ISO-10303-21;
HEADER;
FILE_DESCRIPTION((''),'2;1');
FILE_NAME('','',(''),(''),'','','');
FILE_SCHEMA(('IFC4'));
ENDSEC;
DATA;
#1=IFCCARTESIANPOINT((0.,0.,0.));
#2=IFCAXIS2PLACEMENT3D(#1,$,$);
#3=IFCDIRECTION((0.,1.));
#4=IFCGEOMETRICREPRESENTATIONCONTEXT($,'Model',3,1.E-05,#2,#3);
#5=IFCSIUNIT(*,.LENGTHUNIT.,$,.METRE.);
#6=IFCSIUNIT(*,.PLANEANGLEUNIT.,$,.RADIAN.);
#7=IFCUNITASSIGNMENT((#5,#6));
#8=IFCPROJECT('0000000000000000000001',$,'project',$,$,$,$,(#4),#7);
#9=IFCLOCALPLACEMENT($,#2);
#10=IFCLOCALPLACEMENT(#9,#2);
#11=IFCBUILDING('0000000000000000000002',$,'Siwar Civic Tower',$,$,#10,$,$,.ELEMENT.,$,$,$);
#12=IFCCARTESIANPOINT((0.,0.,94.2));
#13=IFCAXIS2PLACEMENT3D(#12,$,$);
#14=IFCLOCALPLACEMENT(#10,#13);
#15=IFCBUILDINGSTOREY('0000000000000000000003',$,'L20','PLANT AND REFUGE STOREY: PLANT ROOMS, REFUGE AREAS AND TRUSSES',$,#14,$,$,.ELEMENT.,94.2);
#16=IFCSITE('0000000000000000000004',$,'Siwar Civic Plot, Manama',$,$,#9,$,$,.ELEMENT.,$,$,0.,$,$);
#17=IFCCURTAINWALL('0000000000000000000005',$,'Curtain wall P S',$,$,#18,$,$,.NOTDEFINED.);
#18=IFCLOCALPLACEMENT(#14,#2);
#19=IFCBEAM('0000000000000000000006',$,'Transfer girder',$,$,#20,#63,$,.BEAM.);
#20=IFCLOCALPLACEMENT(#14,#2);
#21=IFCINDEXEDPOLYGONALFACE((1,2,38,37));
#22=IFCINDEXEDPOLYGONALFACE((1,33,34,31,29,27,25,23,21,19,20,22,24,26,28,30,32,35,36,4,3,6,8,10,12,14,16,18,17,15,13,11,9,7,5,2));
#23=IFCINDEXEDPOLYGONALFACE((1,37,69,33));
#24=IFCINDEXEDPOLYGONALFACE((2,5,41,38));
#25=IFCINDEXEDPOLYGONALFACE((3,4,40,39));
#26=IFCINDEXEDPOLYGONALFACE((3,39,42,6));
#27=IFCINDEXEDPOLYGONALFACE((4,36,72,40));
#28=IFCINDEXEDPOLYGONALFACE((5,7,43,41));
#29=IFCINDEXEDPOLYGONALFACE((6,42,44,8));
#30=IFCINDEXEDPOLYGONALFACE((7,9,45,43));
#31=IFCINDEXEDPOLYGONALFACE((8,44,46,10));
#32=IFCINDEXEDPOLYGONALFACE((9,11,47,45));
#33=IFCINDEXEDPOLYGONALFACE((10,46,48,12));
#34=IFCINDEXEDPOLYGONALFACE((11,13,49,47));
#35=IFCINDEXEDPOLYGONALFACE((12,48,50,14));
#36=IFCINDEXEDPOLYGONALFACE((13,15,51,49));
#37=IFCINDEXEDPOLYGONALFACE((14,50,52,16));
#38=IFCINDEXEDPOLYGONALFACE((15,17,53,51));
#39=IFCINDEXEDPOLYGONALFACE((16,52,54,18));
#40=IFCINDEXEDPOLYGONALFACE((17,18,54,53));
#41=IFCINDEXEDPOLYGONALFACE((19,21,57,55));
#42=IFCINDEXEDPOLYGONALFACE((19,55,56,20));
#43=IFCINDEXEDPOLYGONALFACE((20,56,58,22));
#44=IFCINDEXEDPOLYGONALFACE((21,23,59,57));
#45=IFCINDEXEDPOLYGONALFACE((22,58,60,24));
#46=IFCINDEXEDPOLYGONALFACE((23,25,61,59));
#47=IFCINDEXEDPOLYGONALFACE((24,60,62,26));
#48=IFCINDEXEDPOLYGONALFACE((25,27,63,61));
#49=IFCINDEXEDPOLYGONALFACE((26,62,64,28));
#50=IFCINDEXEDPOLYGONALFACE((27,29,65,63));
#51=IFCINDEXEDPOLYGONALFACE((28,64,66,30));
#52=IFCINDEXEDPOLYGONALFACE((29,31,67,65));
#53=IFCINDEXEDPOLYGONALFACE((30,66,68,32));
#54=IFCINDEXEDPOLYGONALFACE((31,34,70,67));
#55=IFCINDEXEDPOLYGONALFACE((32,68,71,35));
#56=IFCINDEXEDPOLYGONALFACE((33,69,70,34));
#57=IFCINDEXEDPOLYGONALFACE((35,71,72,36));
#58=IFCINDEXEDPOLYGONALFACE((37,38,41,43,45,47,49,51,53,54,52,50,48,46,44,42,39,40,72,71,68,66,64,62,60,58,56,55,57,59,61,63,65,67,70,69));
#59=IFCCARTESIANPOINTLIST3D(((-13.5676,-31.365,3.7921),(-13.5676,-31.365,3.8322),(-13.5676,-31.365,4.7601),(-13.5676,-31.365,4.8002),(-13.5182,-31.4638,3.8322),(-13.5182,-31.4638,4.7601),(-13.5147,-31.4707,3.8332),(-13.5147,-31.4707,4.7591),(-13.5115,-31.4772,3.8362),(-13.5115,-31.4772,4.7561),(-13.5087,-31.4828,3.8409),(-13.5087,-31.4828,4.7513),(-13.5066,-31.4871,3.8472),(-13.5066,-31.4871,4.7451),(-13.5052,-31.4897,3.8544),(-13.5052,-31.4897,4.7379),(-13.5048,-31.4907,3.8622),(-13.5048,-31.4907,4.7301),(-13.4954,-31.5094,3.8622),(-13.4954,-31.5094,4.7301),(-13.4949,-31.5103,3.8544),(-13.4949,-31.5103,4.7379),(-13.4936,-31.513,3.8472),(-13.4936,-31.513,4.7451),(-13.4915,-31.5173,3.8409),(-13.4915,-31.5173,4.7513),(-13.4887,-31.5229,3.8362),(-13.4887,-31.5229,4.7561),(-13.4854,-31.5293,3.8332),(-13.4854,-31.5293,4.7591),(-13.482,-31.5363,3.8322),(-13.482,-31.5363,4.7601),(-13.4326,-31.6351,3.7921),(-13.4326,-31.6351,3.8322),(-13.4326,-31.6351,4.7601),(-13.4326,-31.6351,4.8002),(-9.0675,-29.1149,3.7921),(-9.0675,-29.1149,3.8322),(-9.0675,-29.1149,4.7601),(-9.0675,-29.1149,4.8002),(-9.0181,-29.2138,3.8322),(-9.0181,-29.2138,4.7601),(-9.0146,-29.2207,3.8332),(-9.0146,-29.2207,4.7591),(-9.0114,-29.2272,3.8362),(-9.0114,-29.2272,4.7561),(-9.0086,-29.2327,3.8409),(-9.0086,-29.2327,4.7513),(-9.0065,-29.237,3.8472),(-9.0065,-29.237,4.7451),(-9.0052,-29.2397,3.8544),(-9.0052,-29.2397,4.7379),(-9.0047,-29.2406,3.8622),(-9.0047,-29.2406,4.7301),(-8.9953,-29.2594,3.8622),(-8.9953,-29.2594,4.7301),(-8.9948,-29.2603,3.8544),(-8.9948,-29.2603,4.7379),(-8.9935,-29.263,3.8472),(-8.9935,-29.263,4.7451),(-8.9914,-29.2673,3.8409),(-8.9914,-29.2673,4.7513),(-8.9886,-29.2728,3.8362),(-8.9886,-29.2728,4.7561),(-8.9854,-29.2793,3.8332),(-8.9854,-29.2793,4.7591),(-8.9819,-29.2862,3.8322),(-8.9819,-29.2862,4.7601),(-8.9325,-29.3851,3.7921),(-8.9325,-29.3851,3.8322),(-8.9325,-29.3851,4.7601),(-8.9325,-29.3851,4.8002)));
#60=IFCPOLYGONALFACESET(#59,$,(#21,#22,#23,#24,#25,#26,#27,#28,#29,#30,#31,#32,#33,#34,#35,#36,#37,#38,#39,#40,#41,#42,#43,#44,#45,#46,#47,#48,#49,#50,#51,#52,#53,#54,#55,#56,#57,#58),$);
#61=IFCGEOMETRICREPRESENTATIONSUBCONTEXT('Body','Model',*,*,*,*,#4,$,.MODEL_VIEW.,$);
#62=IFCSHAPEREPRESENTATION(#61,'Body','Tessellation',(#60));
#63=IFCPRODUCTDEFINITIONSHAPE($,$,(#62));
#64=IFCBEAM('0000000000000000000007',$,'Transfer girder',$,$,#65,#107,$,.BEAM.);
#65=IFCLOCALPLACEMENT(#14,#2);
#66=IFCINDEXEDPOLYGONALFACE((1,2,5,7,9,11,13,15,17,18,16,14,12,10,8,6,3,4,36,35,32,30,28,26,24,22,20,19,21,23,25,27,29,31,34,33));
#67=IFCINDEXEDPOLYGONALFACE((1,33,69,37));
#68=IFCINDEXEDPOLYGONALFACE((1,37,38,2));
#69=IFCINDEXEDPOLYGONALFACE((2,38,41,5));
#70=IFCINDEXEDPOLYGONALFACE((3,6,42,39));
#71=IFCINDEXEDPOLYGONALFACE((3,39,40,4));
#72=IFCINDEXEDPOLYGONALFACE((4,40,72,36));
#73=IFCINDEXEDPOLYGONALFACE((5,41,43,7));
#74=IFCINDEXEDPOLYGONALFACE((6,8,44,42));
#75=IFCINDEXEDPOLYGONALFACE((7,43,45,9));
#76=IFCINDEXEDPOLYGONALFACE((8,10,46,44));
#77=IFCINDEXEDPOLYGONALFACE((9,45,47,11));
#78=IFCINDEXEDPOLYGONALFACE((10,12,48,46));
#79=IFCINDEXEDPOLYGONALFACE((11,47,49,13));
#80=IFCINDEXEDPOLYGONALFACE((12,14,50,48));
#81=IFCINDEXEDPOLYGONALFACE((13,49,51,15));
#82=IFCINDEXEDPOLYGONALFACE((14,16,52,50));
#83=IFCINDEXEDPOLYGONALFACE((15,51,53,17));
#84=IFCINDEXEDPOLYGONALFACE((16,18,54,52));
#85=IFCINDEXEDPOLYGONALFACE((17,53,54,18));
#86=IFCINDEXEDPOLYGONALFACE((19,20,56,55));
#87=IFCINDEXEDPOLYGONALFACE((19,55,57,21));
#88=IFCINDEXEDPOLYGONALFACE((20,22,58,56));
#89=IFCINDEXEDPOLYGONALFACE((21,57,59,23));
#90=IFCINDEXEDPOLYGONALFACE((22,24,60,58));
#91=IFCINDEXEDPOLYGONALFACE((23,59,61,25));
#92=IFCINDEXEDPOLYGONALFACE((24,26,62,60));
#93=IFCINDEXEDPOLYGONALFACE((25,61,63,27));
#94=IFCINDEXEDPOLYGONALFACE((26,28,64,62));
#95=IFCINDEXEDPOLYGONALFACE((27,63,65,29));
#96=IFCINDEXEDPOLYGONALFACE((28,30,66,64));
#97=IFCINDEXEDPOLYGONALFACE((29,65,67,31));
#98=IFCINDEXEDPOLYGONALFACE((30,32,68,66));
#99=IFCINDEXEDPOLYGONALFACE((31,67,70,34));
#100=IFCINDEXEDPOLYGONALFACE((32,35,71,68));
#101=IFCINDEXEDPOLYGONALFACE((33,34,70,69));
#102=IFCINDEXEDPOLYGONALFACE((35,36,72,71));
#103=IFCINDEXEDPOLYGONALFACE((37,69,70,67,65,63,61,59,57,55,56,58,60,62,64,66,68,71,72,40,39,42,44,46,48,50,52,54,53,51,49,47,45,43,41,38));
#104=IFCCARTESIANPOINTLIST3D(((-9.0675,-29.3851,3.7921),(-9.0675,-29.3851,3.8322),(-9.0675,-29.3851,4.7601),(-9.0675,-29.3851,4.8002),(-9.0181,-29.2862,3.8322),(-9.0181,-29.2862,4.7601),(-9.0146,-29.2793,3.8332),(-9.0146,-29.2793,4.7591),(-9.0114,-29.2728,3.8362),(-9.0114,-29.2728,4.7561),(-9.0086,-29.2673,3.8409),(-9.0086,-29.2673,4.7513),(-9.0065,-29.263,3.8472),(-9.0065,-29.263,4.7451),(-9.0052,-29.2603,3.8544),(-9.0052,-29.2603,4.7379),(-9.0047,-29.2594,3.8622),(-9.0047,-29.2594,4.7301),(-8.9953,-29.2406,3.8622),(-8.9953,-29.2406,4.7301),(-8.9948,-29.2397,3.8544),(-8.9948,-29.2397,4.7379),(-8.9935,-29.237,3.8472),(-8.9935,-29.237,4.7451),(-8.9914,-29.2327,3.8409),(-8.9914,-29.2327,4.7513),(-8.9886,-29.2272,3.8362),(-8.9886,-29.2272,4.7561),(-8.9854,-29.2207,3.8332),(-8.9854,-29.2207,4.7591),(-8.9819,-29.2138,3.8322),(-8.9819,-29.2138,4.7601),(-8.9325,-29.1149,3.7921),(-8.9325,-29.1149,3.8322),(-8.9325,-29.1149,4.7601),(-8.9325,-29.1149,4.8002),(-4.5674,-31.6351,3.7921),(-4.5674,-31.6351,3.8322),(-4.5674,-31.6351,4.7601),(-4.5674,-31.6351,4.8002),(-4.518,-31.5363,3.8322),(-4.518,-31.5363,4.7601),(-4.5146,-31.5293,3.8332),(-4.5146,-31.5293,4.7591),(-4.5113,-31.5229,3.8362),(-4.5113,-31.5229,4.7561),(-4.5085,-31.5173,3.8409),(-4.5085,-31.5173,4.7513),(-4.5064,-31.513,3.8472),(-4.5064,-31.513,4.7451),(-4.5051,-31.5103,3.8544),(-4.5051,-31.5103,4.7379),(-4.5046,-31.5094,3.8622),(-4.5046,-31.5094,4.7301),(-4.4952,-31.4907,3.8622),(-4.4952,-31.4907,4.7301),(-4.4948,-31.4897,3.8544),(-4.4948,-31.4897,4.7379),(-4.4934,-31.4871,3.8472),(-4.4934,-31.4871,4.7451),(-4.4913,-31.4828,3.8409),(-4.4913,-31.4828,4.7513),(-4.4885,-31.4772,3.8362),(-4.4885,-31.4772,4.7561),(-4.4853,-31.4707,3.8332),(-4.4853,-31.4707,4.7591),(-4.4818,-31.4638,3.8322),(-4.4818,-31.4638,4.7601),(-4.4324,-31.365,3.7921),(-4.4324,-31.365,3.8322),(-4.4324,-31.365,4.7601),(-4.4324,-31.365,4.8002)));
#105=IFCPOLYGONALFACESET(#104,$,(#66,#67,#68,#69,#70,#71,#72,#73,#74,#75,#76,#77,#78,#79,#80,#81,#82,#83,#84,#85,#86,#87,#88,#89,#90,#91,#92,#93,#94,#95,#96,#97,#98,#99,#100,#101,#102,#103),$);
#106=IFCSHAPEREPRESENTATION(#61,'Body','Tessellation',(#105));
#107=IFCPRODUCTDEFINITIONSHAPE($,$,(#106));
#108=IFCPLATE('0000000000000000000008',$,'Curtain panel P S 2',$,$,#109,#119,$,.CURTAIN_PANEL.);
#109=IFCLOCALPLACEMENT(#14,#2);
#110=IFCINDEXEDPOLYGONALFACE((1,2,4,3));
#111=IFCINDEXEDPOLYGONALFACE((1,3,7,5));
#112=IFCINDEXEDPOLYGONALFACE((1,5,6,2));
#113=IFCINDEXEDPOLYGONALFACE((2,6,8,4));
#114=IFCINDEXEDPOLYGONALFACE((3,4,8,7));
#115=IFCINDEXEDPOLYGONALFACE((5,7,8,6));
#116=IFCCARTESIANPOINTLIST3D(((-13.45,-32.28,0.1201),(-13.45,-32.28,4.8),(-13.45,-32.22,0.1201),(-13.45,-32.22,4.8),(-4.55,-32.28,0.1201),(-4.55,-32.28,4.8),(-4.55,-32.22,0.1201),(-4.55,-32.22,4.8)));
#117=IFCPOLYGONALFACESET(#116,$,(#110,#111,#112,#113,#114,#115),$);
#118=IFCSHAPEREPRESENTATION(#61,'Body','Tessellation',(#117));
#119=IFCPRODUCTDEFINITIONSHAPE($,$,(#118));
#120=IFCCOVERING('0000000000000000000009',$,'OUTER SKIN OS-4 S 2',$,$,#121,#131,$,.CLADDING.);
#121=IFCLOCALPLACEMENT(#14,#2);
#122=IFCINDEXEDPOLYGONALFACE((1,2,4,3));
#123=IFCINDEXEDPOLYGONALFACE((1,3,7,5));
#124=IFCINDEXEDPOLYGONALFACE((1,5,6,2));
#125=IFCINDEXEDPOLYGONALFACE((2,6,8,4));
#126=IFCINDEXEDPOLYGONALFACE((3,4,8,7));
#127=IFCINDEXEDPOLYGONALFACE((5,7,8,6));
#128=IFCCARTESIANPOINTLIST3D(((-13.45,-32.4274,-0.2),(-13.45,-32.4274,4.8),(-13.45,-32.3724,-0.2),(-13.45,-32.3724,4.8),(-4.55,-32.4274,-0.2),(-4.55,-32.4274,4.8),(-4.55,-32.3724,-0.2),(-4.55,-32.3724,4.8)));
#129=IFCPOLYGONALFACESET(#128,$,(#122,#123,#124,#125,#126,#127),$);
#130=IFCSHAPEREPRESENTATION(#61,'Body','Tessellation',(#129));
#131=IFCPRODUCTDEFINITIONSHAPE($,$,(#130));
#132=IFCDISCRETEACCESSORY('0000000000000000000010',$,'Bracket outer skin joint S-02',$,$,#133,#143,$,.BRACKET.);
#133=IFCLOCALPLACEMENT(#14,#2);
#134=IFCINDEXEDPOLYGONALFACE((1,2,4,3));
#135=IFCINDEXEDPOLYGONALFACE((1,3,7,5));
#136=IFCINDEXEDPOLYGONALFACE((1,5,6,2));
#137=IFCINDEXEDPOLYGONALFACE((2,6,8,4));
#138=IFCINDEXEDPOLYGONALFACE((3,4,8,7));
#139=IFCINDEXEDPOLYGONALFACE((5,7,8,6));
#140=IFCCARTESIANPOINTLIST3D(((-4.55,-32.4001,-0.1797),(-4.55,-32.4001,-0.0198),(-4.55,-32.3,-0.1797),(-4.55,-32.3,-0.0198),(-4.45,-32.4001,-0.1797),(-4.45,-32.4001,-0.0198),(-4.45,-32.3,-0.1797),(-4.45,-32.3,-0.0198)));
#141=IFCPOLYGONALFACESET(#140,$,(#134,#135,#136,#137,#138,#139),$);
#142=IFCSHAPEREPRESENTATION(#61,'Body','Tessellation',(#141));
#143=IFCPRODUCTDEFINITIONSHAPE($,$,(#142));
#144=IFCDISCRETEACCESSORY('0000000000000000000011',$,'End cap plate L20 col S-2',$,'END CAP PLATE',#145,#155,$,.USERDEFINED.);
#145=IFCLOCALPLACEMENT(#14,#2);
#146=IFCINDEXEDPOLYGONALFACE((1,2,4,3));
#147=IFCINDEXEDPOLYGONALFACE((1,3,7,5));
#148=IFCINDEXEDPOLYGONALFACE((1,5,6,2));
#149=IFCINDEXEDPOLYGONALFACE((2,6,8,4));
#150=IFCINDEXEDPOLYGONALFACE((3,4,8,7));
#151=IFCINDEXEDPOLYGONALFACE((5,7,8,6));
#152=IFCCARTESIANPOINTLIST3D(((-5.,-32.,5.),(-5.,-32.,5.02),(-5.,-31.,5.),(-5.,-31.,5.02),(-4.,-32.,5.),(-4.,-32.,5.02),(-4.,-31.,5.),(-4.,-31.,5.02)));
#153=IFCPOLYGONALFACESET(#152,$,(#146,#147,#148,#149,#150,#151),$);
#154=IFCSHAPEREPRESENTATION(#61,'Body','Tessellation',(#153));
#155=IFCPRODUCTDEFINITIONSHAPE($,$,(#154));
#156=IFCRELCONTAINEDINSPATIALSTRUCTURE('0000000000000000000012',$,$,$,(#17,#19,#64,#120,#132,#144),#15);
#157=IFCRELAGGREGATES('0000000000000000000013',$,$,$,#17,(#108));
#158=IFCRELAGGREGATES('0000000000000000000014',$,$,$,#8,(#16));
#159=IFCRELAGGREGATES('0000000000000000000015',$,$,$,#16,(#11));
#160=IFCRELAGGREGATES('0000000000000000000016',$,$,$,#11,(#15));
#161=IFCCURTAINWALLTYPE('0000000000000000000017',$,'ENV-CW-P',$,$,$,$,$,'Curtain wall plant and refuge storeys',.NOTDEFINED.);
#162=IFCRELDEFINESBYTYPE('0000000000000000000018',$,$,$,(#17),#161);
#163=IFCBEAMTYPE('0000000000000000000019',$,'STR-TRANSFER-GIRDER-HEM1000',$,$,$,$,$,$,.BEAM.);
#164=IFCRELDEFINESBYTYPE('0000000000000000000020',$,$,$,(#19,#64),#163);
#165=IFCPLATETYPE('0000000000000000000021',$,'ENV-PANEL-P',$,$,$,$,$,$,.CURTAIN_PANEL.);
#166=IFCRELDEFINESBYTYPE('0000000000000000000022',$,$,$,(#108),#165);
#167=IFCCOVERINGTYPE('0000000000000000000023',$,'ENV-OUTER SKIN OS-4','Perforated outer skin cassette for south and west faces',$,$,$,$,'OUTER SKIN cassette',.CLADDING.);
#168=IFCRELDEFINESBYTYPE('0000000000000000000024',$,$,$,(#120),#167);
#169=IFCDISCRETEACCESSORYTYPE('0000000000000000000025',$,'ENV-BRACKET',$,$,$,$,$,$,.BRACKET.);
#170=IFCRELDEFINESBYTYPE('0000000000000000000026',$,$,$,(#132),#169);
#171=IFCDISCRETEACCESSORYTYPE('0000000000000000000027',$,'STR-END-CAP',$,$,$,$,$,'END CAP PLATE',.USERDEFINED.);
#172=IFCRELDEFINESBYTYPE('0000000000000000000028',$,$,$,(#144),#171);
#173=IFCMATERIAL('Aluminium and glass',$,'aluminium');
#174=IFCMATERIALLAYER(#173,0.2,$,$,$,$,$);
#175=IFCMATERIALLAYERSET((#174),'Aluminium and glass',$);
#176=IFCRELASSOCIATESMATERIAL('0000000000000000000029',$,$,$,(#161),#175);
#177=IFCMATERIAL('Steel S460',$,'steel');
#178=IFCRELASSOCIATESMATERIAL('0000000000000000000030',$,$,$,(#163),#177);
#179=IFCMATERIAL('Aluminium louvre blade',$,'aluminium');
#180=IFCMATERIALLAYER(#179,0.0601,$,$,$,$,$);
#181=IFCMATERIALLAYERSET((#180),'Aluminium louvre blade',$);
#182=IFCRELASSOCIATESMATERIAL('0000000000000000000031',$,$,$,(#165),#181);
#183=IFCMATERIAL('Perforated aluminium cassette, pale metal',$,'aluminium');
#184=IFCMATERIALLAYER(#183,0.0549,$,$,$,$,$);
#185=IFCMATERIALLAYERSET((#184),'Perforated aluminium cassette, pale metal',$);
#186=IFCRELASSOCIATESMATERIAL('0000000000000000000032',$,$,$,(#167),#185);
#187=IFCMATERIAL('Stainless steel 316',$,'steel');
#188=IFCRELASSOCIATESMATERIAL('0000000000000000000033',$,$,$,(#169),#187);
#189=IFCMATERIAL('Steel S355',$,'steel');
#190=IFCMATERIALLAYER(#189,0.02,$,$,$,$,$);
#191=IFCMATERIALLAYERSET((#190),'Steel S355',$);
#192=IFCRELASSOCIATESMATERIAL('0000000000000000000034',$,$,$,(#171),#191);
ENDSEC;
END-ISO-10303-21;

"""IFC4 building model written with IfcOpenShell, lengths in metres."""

from ifc_helpers import new_model, si_unit, direction, frame, origin, origin_2d, place, context, subcontext, project, spatial, rectangle, i_section, extrude, material, layer, layer_set, material_profile, profile_set, type_object, element, aggregate, save


model = new_model("IFC4")

# Units and contexts
model_context = context("Model", 3, precision=1e-05, world=origin(), true_north=direction((0.0, 1.0)))
body_context = subcontext(model_context, "Body", "Model", "MODEL_VIEW")
ifc_project = project(units=[si_unit("LENGTHUNIT", "METRE"), si_unit("PLANEANGLEUNIT", "RADIAN")], contexts=[model_context])

# Site, building, storey
site_placement = place(None, origin())
site = spatial("IfcSite", under=ifc_project, at=site_placement, Name="Siwar Civic Plot, Manama", CompositionType="ELEMENT", RefElevation=0.0)
building_placement = place(site_placement, origin())
building = spatial("IfcBuilding", under=site, at=building_placement, Name="Siwar Civic Tower", CompositionType="ELEMENT")
storey_placement = place(building_placement, frame((0.0, 0.0, 94.2)))
storey = spatial("IfcBuildingStorey", under=building, at=storey_placement, Name="L20", Description="PLANT AND REFUGE STOREY: PLANT ROOMS, REFUGE AREAS AND TRUSSES", CompositionType="ELEMENT", Elevation=94.2)

# Curtain wall
ifc_material_1 = material(Name="Aluminium and glass", Category="aluminium")
ifc_layer_1 = layer(ifc_material_1, 0.2)
ifc_layer_set_1 = layer_set([ifc_layer_1], Name="Aluminium and glass")
curtain_wall_type = type_object("IfcCurtainWallType", Name="ENV-CW-P", ElementType="Curtain wall plant and refuge storeys", PredefinedType="NOTDEFINED", material=ifc_layer_set_1)
curtain_wall_placement = place(storey_placement, origin())
curtain_wall = element("IfcCurtainWall", 1, at=curtain_wall_placement, inside=storey, type_object=curtain_wall_type, Name="Curtain wall P S", PredefinedType="NOTDEFINED")

# Beams
ifc_material_2 = material(Name="Steel S460", Category="steel")
ifc_material_profile_1 = material_profile(ifc_material_2, i_section(OverallWidth=0.302, OverallDepth=1.0081, WebThickness=0.021, FlangeThickness=0.04, FilletRadius=0.03, at=origin_2d()), Name="HEM1000")
ifc_profile_set_1 = profile_set([ifc_material_profile_1], Name="Steel S460")
beam_type_1 = type_object("IfcBeamType", Name="STR-TRANSFER-GIRDER-HEM1000", PredefinedType="BEAM", material=ifc_profile_set_1)
for number, where, z_axis, x_axis, name in (
    (2, (-9.0, -29.25, 4.2961), (-0.894427, -0.447214, 0.0), (0.447214, -0.894427, 0.0), "Transfer girder"),
    (3, (-9.0, -29.25, 4.2961), (0.894427, -0.447214, 0.0), (0.447214, 0.894427, 0.0), "Transfer girder"),
):
    element("IfcBeam", number, at=place(storey_placement, frame(where, z_axis=z_axis, x_axis=x_axis)), inside=storey, type_object=beam_type_1, Name=name, PredefinedType="BEAM", context=body_context, shape_type="SweptSolid", body=[
        extrude(i_section(OverallWidth=0.302, OverallDepth=1.0081, WebThickness=0.021, FlangeThickness=0.04, FilletRadius=0.03, at=origin_2d()), origin(), (0.0, 0.0, 1.0), 5.0312),
    ])

# Plate
ifc_material_3 = material(Name="Aluminium louvre blade", Category="aluminium")
ifc_layer_2 = layer(ifc_material_3, 0.0601)
ifc_layer_set_2 = layer_set([ifc_layer_2], Name="Aluminium louvre blade")
plate_type = type_object("IfcPlateType", Name="ENV-PANEL-P", PredefinedType="CURTAIN_PANEL", material=ifc_layer_set_2)
plate_placement = place(storey_placement, frame((-9.0, -32.25, 0.1201), z_axis=(0.0, 0.0, 1.0), x_axis=(1.0, 0.0, 0.0)))
plate = element("IfcPlate", 4, at=plate_placement, type_object=plate_type, Name="Curtain panel P S 2", PredefinedType="CURTAIN_PANEL", context=body_context, shape_type="SweptSolid", body=[
    extrude(rectangle(XDim=8.8999, YDim=0.0601, at=origin_2d()), origin(), (0.0, 0.0, 1.0), 4.6799),
])
aggregate(curtain_wall, [plate])

# Covering
ifc_material_4 = material(Name="Perforated aluminium cassette, pale metal", Category="aluminium")
ifc_layer_3 = layer(ifc_material_4, 0.0549)
ifc_layer_set_3 = layer_set([ifc_layer_3], Name="Perforated aluminium cassette, pale metal")
covering_type = type_object("IfcCoveringType", Name="ENV-OUTER SKIN OS-4", Description="Perforated outer skin cassette for south and west faces", ElementType="OUTER SKIN cassette", PredefinedType="CLADDING", material=ifc_layer_set_3)
covering_placement = place(storey_placement, frame((-9.0, -32.3999, -0.2), z_axis=(0.0, 0.0, 1.0), x_axis=(1.0, 0.0, 0.0)))
element("IfcCovering", 5, at=covering_placement, inside=storey, type_object=covering_type, Name="OUTER SKIN OS-4 S 2", PredefinedType="CLADDING", context=body_context, shape_type="SweptSolid", body=[
    extrude(rectangle(XDim=8.8999, YDim=0.0549, at=origin_2d()), origin(), (0.0, 0.0, 1.0), 5.0),
])

# Discrete accessories
ifc_material_5 = material(Name="Stainless steel 316", Category="steel")
discrete_accessory_type_1 = type_object("IfcDiscreteAccessoryType", Name="ENV-BRACKET", PredefinedType="BRACKET", material=ifc_material_5)
discrete_accessory_1_placement = place(storey_placement, frame((-4.5, -32.3501, -0.1797), z_axis=(0.0, 0.0, 1.0), x_axis=(0.0, -1.0, 0.0)))
element("IfcDiscreteAccessory", 6, at=discrete_accessory_1_placement, inside=storey, type_object=discrete_accessory_type_1, Name="Bracket outer skin joint S-02", PredefinedType="BRACKET", context=body_context, shape_type="SweptSolid", body=[
    extrude(rectangle(XDim=0.1001, YDim=0.1001, at=origin_2d()), origin(), (0.0, 0.0, 1.0), 0.1599),
])
ifc_material_6 = material(Name="Steel S355", Category="steel")
ifc_layer_4 = layer(ifc_material_6, 0.02)
ifc_layer_set_4 = layer_set([ifc_layer_4], Name="Steel S355")
discrete_accessory_type_2 = type_object("IfcDiscreteAccessoryType", Name="STR-END-CAP", ElementType="END CAP PLATE", PredefinedType="USERDEFINED", material=ifc_layer_set_4)
discrete_accessory_2_placement = place(storey_placement, frame((-4.5, -31.5, 5.0), z_axis=(0.0, 0.0, 1.0), x_axis=(1.0, 0.0, 0.0)))
element("IfcDiscreteAccessory", 7, at=discrete_accessory_2_placement, inside=storey, type_object=discrete_accessory_type_2, Name="End cap plate L20 col S-2", ObjectType="END CAP PLATE", PredefinedType="USERDEFINED", context=body_context, shape_type="SweptSolid", body=[
    extrude(rectangle(XDim=1.0, YDim=1.0, at=origin_2d()), origin(), (0.0, 0.0, 1.0), 0.02),
])

save(model, "model.ifc")
